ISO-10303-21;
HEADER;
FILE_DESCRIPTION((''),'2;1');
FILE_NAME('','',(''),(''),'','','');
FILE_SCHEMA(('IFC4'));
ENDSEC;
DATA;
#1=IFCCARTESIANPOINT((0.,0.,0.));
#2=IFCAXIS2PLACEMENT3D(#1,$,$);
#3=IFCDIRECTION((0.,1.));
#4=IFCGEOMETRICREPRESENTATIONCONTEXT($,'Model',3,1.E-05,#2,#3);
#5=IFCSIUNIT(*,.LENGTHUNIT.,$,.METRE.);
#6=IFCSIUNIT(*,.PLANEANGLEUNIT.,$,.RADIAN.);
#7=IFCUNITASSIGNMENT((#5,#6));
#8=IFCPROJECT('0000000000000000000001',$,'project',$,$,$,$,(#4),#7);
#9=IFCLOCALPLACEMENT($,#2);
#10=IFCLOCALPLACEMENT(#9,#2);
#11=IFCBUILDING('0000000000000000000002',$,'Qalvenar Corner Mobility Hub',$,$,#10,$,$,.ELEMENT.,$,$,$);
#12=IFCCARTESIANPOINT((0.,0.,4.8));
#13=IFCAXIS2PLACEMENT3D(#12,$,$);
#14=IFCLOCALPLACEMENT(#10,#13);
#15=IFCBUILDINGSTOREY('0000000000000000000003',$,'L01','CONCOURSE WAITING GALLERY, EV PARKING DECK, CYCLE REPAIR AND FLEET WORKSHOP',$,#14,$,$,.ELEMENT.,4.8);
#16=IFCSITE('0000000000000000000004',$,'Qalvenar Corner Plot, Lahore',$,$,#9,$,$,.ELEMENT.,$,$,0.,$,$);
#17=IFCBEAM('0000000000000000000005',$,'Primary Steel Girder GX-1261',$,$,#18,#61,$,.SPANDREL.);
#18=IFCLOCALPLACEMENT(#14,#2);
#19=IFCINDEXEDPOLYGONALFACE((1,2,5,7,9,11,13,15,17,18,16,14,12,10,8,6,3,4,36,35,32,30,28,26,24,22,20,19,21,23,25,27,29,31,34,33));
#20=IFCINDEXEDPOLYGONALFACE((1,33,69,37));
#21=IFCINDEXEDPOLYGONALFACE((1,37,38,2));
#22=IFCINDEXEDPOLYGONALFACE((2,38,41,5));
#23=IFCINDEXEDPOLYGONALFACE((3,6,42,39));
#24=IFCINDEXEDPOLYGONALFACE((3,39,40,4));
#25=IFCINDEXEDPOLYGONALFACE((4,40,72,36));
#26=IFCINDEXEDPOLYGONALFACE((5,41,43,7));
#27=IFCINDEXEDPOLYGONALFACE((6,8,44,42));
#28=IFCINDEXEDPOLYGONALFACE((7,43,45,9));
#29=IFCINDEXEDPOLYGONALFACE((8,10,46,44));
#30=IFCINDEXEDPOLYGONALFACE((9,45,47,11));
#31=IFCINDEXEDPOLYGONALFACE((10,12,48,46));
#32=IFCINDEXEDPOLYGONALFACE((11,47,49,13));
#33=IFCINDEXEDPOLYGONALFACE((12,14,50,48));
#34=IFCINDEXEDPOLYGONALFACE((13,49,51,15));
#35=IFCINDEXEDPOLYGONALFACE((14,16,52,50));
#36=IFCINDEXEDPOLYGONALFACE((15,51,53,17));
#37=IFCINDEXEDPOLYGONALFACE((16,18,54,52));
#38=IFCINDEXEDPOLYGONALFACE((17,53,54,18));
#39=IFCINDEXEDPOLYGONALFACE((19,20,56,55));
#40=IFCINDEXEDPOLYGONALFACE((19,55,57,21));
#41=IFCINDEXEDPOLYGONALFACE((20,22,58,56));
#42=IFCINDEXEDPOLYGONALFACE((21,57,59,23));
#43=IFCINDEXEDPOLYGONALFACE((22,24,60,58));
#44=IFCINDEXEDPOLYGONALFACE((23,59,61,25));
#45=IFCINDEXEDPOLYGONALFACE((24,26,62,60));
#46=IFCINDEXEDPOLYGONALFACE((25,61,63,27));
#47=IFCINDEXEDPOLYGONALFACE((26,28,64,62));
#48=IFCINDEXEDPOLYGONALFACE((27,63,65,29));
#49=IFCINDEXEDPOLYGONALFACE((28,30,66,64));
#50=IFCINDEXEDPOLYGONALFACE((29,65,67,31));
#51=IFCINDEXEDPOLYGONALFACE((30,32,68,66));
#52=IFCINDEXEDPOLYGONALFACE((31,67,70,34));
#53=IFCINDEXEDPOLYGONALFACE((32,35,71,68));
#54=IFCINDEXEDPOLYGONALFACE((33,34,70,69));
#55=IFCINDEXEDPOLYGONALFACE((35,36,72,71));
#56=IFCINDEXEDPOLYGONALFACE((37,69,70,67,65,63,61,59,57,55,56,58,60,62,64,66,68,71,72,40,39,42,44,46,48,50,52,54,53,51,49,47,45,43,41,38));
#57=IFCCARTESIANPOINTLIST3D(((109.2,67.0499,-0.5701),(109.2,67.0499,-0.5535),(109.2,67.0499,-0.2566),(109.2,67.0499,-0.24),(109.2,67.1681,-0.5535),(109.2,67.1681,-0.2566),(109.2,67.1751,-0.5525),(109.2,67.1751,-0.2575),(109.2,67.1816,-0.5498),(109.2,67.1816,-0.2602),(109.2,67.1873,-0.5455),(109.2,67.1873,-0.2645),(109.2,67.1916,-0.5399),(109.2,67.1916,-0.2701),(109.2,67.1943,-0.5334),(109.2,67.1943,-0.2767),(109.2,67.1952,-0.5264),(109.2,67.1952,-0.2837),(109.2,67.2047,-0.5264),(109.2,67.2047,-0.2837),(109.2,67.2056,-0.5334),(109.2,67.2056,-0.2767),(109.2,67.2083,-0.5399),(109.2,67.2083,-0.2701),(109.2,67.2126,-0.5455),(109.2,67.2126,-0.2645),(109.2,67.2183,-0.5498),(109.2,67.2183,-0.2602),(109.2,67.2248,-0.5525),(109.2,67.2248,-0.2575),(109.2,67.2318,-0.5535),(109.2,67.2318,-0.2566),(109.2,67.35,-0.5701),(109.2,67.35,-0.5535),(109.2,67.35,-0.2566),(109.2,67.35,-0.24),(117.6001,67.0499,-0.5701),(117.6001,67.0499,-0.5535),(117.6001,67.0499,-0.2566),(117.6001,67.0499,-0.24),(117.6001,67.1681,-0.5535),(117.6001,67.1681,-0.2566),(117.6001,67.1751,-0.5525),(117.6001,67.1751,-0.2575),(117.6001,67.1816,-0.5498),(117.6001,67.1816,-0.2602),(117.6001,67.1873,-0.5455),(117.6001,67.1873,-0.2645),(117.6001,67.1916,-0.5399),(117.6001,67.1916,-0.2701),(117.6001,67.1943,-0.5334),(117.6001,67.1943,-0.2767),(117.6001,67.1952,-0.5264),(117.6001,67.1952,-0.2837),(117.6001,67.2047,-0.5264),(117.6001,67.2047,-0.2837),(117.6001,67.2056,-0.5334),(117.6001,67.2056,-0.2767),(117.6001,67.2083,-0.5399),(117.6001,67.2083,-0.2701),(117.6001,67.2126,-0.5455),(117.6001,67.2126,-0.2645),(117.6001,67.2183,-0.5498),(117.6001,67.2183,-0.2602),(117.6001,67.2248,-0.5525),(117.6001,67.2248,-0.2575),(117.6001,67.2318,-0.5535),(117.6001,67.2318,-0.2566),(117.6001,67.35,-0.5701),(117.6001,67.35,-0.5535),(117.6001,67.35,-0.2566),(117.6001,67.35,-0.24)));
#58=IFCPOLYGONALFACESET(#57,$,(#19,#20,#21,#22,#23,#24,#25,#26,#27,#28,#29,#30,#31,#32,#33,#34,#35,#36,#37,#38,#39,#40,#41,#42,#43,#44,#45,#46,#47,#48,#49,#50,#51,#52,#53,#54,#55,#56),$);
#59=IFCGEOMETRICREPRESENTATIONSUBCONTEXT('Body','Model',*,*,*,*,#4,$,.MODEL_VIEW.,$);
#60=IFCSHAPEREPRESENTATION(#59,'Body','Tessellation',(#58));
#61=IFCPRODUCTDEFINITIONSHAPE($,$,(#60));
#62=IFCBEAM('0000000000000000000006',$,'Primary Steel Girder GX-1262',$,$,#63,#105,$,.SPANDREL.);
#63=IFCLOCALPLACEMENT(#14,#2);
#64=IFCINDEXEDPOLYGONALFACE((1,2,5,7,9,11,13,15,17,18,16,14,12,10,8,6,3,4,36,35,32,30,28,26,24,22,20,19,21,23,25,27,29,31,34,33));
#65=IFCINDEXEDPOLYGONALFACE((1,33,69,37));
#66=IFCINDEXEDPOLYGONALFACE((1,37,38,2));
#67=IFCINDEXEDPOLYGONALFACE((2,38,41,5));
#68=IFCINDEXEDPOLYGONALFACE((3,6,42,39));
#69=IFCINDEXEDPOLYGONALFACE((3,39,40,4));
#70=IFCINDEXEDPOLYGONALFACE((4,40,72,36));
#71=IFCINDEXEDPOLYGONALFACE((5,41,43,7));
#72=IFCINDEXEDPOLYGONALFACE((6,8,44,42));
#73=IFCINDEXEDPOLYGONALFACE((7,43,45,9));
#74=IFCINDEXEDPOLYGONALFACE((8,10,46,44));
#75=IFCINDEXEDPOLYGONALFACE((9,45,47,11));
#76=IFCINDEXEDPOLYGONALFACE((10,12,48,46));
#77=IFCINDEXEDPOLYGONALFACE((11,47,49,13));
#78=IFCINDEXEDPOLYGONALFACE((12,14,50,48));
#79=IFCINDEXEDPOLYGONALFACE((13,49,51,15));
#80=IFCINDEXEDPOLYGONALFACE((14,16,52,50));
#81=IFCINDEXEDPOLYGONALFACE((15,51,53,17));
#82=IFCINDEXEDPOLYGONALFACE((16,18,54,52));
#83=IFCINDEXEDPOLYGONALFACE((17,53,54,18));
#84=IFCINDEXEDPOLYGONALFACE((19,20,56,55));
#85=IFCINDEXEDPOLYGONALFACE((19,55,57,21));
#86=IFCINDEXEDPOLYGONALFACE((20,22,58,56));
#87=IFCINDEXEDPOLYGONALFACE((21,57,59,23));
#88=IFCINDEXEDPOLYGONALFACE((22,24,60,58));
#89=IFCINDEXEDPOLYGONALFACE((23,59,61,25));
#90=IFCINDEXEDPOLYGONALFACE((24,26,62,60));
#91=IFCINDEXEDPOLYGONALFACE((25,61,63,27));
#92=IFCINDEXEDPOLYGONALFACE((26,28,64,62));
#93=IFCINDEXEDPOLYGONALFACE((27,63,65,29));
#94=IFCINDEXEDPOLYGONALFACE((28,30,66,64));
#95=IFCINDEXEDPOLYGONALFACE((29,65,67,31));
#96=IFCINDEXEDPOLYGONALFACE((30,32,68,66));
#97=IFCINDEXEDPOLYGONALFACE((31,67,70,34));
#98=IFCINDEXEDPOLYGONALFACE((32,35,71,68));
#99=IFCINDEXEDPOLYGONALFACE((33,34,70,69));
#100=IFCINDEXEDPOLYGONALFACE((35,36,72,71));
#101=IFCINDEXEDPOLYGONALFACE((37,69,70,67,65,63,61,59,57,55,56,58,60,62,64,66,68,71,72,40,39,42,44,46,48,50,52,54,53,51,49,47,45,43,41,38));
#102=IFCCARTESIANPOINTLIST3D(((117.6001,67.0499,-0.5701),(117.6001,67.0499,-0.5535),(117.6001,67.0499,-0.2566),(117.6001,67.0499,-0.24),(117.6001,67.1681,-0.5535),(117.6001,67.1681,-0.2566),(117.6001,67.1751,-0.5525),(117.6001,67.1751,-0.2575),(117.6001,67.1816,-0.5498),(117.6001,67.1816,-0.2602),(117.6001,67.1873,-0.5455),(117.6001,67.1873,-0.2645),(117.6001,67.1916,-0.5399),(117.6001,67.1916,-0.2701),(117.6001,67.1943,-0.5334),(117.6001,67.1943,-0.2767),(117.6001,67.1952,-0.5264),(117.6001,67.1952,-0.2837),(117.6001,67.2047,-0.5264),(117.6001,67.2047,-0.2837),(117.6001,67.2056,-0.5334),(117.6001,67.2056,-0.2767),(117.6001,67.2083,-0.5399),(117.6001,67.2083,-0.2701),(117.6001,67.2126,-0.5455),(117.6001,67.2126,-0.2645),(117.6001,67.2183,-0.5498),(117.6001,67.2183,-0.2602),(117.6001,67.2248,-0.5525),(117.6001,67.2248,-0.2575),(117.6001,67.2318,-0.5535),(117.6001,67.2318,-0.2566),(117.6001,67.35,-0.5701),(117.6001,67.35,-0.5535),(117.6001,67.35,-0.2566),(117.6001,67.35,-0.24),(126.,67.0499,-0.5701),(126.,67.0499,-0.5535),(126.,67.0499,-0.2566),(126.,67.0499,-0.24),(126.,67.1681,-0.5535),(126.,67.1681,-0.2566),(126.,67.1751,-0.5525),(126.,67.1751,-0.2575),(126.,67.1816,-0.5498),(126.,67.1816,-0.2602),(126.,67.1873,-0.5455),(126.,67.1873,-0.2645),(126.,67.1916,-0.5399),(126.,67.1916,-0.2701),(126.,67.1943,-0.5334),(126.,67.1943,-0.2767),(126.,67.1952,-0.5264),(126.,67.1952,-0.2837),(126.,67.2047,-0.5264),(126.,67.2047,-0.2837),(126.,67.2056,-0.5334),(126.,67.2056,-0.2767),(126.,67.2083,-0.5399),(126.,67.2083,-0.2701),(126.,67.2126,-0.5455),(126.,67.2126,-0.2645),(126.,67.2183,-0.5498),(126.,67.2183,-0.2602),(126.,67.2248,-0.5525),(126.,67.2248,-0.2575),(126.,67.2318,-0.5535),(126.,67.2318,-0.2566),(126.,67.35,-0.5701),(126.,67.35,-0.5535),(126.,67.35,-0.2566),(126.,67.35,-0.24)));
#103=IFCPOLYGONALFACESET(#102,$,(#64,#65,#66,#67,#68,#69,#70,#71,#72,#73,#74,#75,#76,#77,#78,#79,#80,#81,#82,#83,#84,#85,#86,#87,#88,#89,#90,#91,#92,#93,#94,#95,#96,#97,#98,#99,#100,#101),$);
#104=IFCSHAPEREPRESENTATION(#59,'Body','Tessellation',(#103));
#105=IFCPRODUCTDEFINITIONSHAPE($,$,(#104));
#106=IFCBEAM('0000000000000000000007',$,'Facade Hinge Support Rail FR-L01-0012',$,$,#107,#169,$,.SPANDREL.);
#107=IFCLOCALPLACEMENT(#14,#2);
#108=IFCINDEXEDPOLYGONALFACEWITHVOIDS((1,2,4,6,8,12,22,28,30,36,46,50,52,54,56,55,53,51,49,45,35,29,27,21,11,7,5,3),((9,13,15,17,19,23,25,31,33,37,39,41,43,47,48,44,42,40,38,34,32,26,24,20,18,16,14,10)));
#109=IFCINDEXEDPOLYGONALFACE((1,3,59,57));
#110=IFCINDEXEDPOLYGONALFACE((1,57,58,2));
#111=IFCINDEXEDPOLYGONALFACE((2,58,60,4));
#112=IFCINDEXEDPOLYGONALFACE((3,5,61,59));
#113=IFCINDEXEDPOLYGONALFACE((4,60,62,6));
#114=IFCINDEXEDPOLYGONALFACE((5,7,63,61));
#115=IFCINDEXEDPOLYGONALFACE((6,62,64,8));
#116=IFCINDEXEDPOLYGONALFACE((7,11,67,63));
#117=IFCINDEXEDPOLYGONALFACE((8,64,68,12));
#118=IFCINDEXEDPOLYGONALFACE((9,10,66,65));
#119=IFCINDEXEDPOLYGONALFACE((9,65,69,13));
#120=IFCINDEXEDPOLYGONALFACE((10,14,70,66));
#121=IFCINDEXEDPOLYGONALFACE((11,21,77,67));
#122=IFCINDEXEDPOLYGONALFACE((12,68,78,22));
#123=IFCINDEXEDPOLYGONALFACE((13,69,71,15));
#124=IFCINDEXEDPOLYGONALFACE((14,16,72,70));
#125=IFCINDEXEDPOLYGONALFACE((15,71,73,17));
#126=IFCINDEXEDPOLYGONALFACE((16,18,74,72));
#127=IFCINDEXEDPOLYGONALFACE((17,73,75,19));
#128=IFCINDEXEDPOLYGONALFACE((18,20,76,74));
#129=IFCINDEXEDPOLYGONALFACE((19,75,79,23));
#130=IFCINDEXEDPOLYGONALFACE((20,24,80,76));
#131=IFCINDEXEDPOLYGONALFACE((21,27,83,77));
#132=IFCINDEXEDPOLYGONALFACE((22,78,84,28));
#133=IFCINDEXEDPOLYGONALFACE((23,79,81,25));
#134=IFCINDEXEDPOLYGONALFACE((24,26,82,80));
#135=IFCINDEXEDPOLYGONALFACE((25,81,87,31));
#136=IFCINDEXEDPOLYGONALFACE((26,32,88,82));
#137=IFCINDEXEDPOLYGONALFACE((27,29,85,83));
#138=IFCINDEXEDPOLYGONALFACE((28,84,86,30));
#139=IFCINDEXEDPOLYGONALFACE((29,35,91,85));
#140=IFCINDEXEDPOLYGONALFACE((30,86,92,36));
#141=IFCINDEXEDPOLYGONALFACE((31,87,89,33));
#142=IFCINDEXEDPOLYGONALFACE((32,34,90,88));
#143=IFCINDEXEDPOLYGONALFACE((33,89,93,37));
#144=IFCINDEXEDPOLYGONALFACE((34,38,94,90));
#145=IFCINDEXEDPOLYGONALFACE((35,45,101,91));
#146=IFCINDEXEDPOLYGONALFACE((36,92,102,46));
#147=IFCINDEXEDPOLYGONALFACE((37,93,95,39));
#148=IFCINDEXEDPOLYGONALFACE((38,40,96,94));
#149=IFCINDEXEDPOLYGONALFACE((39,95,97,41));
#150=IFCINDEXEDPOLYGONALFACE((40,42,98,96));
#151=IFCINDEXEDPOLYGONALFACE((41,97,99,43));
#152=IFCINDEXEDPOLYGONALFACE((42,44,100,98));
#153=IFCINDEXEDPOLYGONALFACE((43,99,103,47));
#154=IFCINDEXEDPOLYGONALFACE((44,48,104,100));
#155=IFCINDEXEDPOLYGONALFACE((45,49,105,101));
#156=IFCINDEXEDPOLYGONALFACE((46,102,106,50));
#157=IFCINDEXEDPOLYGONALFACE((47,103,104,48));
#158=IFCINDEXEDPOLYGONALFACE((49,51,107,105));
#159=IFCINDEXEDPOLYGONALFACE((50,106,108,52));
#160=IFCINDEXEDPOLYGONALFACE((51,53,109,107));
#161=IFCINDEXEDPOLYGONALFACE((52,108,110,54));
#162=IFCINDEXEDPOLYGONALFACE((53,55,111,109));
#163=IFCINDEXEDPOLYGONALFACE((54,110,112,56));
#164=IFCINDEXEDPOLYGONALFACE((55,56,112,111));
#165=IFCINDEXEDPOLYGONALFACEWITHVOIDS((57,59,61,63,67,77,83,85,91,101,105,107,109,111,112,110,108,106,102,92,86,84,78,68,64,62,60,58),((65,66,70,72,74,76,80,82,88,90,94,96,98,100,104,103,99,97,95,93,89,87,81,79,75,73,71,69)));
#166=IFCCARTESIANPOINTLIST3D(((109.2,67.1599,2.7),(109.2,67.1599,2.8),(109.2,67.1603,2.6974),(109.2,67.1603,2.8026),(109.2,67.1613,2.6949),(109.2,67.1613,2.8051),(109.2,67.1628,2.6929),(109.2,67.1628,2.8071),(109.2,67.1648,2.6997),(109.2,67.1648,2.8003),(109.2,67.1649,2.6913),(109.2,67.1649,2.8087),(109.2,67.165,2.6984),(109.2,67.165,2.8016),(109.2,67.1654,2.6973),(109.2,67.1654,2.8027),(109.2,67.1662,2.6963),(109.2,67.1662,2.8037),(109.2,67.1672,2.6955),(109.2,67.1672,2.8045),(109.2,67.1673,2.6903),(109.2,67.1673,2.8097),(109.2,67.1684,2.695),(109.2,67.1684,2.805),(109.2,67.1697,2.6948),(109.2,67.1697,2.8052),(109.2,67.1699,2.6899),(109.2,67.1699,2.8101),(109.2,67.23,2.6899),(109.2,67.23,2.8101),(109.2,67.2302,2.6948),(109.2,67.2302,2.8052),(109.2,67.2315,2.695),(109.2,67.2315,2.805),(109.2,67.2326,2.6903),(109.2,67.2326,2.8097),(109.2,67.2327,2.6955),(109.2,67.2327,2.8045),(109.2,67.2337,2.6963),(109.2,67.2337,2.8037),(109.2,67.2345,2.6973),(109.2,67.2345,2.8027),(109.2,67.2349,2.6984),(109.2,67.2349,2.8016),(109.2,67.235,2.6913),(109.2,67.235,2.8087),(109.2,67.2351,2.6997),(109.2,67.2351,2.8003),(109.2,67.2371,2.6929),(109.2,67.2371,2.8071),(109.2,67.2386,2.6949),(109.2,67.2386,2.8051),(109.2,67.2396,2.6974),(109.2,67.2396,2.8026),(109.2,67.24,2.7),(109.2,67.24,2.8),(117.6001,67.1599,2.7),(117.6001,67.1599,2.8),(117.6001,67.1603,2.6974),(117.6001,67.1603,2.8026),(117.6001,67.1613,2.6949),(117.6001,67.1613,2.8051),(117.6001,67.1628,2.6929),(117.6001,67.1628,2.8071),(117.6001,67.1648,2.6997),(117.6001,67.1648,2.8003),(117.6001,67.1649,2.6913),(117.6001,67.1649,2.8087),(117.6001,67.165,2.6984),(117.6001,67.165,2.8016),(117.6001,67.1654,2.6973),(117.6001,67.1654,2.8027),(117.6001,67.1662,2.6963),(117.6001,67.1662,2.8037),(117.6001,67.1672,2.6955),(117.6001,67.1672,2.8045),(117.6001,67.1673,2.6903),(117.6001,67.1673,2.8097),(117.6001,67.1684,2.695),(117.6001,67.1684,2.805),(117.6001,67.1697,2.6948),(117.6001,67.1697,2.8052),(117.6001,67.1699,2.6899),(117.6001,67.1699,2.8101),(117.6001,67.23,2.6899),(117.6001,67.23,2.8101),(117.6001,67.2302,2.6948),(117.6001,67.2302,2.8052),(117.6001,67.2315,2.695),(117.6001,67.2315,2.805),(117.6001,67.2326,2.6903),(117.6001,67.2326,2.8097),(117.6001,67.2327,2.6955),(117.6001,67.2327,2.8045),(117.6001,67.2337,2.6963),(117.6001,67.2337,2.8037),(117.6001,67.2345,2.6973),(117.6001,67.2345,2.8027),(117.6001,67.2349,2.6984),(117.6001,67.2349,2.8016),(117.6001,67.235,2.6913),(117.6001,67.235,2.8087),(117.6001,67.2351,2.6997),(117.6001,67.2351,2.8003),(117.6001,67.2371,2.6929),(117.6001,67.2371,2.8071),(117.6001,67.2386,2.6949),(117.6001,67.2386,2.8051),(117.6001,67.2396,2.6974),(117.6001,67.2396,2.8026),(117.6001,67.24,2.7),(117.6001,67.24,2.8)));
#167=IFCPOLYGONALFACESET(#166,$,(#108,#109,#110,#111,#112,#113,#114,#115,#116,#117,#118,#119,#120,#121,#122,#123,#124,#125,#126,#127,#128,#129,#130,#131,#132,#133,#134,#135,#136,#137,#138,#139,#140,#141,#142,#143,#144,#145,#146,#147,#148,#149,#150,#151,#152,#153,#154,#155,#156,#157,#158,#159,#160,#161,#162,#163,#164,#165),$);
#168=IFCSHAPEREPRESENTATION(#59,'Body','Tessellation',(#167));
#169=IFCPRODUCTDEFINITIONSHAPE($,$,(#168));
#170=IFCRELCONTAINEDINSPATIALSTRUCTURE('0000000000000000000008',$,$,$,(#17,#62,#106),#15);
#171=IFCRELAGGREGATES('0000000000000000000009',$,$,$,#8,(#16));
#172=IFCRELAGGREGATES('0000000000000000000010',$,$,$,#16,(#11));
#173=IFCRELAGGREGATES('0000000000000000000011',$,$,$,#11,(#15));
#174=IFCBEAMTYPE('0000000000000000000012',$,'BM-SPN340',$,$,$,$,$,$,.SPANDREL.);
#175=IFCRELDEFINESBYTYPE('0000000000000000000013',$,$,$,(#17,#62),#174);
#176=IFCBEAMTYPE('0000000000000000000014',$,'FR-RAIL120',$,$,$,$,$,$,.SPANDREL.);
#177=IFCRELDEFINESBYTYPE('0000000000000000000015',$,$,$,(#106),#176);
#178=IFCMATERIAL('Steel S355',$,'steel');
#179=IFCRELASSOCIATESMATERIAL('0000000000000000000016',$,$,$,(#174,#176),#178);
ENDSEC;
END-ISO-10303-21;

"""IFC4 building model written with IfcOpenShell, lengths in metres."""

from ifc_helpers import new_model, si_unit, direction, frame, origin, origin_2d, place, context, subcontext, project, spatial, hollow_rectangle, i_section, extrude, material, material_profile, profile_set, type_object, element, save


model = new_model("IFC4")

# Units and contexts
model_context = context("Model", 3, precision=1e-05, world=origin(), true_north=direction((0.0, 1.0)))
body_context = subcontext(model_context, "Body", "Model", "MODEL_VIEW")
ifc_project = project(units=[si_unit("LENGTHUNIT", "METRE"), si_unit("PLANEANGLEUNIT", "RADIAN")], contexts=[model_context])

# Site, building, storey
site_placement = place(None, origin())
site = spatial("IfcSite", under=ifc_project, at=site_placement, Name="Qalvenar Corner Plot, Lahore", CompositionType="ELEMENT", RefElevation=0.0)
building_placement = place(site_placement, origin())
building = spatial("IfcBuilding", under=site, at=building_placement, Name="Qalvenar Corner Mobility Hub", CompositionType="ELEMENT")
storey_placement = place(building_placement, frame((0.0, 0.0, 4.8)))
storey = spatial("IfcBuildingStorey", under=building, at=storey_placement, Name="L01", Description="CONCOURSE WAITING GALLERY, EV PARKING DECK, CYCLE REPAIR AND FLEET WORKSHOP", CompositionType="ELEMENT", Elevation=4.8)

# Shared definitions
ifc_material = material(Name="Steel S355", Category="steel")

# Beams
ifc_material_profile_1 = material_profile(ifc_material, i_section(OverallWidth=0.3, OverallDepth=0.3301, WebThickness=0.0095, FlangeThickness=0.0166, FilletRadius=0.0271, at=origin_2d()), Name="HEA340")
ifc_profile_set_1 = profile_set([ifc_material_profile_1], Name="Steel S355")
beam_type_1 = type_object("IfcBeamType", Name="BM-SPN340", PredefinedType="SPANDREL", material=ifc_profile_set_1)
beam_1_placement = place(storey_placement, frame((109.2, 67.2, -0.405), z_axis=(1.0, 0.0, 0.0), x_axis=(0.0, 1.0, 0.0)))
element("IfcBeam", 1, at=beam_1_placement, inside=storey, type_object=beam_type_1, Name="Primary Steel Girder GX-1261", PredefinedType="SPANDREL", context=body_context, shape_type="SweptSolid", body=[
    extrude(i_section(OverallWidth=0.3, OverallDepth=0.3301, WebThickness=0.0095, FlangeThickness=0.0166, FilletRadius=0.0271, at=origin_2d()), origin(), (0.0, 0.0, 1.0), 8.4001),
])
beam_2_placement = place(storey_placement, frame((117.6001, 67.2, -0.405), z_axis=(1.0, 0.0, 0.0), x_axis=(0.0, 1.0, 0.0)))
element("IfcBeam", 2, at=beam_2_placement, inside=storey, type_object=beam_type_1, Name="Primary Steel Girder GX-1262", PredefinedType="SPANDREL", context=body_context, shape_type="SweptSolid", body=[
    extrude(i_section(OverallWidth=0.3, OverallDepth=0.3301, WebThickness=0.0095, FlangeThickness=0.0166, FilletRadius=0.0271, at=origin_2d()), origin(), (0.0, 0.0, 1.0), 8.3999),
])
ifc_material_profile_2 = material_profile(ifc_material, hollow_rectangle(XDim=0.0801, YDim=0.1201, WallThickness=0.0049, InnerFilletRadius=0.0049, OuterFilletRadius=0.01, at=origin_2d()), Name="RHS120x80x5")
ifc_profile_set_2 = profile_set([ifc_material_profile_2], Name="Steel S355")
beam_type_2 = type_object("IfcBeamType", Name="FR-RAIL120", PredefinedType="SPANDREL", material=ifc_profile_set_2)
beam_3_placement = place(storey_placement, frame((109.2, 67.2, 2.75), z_axis=(1.0, 0.0, 0.0), x_axis=(0.0, 1.0, 0.0)))
element("IfcBeam", 3, at=beam_3_placement, inside=storey, type_object=beam_type_2, Name="Facade Hinge Support Rail FR-L01-0012", PredefinedType="SPANDREL", context=body_context, shape_type="SweptSolid", body=[
    extrude(hollow_rectangle(XDim=0.0801, YDim=0.1201, WallThickness=0.0049, InnerFilletRadius=0.0049, OuterFilletRadius=0.01, at=origin_2d()), origin(), (0.0, 0.0, 1.0), 8.4001),
])

save(model, "model.ifc")
